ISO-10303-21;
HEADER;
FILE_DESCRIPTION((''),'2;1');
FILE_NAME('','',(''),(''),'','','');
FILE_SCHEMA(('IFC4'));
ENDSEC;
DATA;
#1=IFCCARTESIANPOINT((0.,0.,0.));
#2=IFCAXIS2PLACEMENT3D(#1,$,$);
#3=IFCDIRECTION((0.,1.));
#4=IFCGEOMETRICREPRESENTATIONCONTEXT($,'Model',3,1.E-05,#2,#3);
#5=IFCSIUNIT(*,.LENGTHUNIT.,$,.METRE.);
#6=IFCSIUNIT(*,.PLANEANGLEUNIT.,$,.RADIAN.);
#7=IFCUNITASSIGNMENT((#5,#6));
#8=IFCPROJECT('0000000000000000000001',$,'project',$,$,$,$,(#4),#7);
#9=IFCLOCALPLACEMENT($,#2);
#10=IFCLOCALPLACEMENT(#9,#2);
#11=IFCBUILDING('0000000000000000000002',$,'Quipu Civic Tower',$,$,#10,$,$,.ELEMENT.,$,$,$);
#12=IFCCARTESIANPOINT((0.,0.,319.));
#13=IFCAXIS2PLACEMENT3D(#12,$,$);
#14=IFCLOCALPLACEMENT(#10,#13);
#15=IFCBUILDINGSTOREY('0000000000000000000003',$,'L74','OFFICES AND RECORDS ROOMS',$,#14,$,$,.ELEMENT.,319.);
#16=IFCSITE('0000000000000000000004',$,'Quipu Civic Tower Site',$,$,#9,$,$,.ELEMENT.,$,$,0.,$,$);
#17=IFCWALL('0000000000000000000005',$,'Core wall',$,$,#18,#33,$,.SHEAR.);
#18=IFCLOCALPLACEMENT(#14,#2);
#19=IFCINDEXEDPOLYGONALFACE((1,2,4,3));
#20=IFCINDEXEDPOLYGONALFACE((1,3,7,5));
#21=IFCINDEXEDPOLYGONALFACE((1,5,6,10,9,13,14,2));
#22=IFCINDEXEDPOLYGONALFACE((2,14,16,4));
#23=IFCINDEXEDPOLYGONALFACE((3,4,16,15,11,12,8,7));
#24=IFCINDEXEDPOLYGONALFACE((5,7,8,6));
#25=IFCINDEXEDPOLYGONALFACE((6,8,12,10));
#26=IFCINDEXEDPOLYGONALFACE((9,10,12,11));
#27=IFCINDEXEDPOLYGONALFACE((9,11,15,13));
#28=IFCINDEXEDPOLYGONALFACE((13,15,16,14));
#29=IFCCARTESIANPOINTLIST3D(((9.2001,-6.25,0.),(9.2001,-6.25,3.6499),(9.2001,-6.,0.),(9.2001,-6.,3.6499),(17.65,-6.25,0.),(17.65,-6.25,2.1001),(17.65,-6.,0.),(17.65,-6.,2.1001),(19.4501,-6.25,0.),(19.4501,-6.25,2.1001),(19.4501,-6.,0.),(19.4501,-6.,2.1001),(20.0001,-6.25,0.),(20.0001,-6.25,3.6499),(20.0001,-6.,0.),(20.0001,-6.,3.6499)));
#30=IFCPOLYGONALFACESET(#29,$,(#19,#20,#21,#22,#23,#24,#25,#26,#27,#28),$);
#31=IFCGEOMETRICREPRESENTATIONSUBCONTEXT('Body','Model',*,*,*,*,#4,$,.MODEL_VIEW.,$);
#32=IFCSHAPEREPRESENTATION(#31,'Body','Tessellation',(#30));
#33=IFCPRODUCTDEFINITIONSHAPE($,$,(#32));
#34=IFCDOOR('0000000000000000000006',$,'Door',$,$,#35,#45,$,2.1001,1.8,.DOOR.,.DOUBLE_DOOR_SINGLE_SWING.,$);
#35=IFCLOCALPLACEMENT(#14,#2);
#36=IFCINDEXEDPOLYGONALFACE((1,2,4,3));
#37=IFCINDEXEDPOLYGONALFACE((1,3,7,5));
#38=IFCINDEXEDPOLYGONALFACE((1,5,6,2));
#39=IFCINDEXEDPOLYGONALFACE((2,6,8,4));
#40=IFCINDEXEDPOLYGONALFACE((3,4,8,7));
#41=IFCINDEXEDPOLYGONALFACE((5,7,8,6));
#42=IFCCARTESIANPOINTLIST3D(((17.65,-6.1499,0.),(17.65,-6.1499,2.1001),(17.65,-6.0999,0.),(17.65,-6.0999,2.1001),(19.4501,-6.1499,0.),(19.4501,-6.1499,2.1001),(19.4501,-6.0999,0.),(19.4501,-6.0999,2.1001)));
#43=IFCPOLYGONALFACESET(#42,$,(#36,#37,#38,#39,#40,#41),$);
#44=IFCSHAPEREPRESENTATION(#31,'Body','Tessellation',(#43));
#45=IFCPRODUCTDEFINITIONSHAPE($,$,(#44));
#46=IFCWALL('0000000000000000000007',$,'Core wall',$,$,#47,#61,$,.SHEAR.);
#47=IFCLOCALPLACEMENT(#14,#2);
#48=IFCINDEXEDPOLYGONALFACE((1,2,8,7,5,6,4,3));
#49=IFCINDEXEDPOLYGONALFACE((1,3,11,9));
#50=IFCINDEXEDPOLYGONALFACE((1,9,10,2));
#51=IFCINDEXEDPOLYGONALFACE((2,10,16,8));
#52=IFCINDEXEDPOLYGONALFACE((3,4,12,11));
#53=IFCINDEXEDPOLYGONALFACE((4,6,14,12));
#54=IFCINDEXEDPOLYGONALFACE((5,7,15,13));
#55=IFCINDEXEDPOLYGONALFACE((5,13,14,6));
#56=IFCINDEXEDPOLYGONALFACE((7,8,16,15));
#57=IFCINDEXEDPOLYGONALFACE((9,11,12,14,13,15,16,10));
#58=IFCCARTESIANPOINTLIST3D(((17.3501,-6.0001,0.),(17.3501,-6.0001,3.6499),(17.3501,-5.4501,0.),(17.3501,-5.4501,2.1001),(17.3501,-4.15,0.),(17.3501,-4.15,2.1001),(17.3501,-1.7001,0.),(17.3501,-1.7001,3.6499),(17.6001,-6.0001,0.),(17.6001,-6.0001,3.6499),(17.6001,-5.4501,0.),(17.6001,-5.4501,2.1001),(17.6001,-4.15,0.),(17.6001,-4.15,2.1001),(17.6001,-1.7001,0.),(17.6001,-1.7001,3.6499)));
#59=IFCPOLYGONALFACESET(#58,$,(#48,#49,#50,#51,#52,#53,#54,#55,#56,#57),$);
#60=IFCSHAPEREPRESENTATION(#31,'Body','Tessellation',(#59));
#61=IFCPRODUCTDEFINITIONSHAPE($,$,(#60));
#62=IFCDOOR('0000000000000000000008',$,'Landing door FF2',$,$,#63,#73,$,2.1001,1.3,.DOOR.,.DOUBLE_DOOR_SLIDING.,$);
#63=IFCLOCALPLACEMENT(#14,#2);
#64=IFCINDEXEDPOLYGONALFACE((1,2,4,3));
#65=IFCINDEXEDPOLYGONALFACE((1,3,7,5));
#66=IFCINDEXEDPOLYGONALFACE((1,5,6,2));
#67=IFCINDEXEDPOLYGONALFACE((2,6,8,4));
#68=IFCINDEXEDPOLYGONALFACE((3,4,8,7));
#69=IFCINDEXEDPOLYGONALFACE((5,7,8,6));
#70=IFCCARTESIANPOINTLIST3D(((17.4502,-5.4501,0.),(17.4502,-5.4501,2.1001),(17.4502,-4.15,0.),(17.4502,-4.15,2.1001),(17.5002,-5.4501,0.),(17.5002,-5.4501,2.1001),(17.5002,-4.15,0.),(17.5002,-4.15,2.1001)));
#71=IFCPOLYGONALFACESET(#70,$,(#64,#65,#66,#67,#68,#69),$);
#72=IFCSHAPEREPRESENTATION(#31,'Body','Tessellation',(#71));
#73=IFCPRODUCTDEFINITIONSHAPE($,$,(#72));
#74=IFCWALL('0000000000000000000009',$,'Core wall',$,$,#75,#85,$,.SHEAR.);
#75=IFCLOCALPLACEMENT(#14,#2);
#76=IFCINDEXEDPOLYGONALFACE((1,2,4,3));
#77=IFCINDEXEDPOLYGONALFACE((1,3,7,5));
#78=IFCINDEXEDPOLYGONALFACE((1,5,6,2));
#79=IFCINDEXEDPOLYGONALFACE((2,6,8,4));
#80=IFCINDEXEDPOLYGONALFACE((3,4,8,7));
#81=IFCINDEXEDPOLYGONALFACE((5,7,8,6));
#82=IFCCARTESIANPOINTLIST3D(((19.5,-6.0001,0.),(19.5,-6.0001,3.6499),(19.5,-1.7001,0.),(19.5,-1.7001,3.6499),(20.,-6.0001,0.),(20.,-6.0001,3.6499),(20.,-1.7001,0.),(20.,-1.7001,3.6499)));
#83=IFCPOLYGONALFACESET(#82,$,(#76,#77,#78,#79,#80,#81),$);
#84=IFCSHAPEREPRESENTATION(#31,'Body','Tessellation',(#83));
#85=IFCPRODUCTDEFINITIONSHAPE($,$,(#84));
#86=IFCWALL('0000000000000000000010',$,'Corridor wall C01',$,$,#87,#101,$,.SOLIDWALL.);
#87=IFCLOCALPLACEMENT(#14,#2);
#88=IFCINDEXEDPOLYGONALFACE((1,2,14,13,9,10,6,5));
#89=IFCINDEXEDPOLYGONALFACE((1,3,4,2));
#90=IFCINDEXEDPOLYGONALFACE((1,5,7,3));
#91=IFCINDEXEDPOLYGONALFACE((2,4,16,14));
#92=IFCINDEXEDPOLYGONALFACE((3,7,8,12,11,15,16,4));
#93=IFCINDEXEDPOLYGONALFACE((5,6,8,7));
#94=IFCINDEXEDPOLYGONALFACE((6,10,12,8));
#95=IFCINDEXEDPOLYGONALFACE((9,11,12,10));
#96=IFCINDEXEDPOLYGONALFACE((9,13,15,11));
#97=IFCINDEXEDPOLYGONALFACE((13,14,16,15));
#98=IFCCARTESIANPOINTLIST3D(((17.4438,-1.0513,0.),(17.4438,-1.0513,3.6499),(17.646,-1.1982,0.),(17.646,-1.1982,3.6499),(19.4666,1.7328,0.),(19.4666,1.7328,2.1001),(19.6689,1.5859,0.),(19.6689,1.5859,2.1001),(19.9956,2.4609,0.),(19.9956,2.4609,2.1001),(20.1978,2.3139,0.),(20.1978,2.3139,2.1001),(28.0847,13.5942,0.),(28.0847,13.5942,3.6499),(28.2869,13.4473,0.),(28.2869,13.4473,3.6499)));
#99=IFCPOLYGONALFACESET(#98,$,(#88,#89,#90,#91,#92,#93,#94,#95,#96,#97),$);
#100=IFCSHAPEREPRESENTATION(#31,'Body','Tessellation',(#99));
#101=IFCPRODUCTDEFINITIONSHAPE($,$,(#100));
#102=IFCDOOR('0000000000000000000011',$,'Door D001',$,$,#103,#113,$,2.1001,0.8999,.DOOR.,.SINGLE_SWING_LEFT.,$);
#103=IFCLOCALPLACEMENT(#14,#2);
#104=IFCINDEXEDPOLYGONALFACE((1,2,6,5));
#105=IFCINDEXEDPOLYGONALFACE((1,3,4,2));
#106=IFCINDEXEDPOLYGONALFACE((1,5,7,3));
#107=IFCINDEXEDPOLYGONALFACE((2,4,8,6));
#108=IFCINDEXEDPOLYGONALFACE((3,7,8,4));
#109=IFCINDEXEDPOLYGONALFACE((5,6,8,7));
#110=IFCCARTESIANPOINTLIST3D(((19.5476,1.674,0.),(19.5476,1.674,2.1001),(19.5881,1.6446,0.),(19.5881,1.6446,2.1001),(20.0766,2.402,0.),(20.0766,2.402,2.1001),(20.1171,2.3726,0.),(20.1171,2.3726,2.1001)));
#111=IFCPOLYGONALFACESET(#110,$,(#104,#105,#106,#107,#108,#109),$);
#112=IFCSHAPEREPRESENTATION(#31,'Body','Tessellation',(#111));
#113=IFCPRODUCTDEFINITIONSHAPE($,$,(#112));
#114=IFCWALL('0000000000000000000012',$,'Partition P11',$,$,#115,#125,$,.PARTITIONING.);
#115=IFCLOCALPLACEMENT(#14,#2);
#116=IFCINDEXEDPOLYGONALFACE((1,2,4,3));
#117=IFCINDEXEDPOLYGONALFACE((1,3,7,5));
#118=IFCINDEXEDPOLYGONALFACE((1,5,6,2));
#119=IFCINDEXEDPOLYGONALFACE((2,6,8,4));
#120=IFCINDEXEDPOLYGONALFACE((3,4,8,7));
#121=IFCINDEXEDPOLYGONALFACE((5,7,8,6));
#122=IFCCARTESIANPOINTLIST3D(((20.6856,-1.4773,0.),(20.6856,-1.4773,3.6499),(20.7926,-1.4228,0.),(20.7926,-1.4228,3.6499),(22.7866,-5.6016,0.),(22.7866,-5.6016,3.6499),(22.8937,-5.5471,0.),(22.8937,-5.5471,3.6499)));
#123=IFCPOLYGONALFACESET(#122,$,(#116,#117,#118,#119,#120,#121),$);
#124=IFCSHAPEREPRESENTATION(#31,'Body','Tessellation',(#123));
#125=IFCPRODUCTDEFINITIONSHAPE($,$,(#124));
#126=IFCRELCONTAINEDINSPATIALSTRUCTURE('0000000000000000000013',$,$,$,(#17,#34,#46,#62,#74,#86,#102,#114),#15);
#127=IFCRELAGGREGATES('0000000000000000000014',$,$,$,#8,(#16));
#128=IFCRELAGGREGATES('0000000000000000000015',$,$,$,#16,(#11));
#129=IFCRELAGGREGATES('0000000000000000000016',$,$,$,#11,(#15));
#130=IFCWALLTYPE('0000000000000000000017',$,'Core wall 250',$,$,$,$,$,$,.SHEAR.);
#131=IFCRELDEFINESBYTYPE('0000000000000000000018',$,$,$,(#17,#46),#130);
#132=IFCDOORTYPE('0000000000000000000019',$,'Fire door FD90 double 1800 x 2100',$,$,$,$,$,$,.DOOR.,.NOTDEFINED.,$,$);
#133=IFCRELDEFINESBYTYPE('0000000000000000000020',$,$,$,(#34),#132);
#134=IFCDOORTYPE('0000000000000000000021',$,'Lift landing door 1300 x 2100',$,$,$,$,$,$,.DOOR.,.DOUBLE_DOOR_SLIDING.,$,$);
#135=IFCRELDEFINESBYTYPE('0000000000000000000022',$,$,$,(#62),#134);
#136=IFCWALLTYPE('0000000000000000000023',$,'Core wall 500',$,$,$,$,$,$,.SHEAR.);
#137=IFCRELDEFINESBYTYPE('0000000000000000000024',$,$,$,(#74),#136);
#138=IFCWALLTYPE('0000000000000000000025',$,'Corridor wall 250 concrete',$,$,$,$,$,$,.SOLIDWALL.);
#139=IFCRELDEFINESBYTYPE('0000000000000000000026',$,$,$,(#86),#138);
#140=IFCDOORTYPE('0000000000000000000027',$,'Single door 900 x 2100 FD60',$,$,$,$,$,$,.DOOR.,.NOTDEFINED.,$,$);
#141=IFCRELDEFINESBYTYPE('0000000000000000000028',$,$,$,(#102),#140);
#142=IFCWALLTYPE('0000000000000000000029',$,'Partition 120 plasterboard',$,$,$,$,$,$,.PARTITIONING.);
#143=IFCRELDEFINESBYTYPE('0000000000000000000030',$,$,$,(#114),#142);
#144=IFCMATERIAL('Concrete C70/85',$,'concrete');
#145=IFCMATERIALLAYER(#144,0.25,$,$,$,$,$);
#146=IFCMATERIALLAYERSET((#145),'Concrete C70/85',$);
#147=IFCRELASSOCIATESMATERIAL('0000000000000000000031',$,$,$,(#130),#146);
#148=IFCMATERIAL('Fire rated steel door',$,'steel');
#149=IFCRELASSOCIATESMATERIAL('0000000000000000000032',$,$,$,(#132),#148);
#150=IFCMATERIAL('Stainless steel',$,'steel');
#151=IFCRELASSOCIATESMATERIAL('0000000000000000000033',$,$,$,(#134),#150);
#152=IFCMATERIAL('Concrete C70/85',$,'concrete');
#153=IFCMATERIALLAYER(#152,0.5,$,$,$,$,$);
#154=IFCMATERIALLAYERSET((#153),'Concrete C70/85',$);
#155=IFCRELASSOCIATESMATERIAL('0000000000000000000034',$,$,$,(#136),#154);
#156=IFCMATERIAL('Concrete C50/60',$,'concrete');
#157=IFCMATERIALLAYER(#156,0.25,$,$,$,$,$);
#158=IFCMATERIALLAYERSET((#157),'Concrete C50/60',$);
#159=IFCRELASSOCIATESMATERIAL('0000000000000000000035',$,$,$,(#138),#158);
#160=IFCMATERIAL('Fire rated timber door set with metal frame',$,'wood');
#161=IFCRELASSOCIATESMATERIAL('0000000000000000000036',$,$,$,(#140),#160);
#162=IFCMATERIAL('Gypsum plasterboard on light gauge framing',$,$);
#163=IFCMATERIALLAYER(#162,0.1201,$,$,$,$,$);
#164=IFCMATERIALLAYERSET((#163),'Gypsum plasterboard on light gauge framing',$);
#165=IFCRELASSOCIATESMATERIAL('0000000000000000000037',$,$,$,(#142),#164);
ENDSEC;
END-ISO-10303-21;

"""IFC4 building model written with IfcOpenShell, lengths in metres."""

from ifc_helpers import new_model, si_unit, direction, frame, frame_2d, origin, place, context, subcontext, project, spatial, rectangle, extrude, material, layer, layer_set, type_object, element, fill, save


model = new_model("IFC4")

# Units and contexts
model_context = context("Model", 3, precision=1e-05, world=origin(), true_north=direction((0.0, 1.0)))
body_context = subcontext(model_context, "Body", "Model", "MODEL_VIEW")
ifc_project = project(units=[si_unit("LENGTHUNIT", "METRE"), si_unit("PLANEANGLEUNIT", "RADIAN")], contexts=[model_context])

# Site, building, storey
site_placement = place(None, origin())
site = spatial("IfcSite", under=ifc_project, at=site_placement, Name="Quipu Civic Tower Site", CompositionType="ELEMENT", RefElevation=0.0)
building_placement = place(site_placement, origin())
building = spatial("IfcBuilding", under=site, at=building_placement, Name="Quipu Civic Tower", CompositionType="ELEMENT")
storey_placement = place(building_placement, frame((0.0, 0.0, 319.0)))
storey = spatial("IfcBuildingStorey", under=building, at=storey_placement, Name="L74", Description="OFFICES AND RECORDS ROOMS", CompositionType="ELEMENT", Elevation=319.0)

# Walls, openings, doors
ifc_material_1 = material(Name="Concrete C70/85", Category="concrete")
ifc_layer_1 = layer(ifc_material_1, 0.25)
ifc_layer_set_1 = layer_set([ifc_layer_1], Name="Concrete C70/85")
wall_type_1 = type_object("IfcWallType", Name="Core wall 250", PredefinedType="SHEAR", material=ifc_layer_set_1)
wall_1_placement = place(storey_placement, frame((20.0, -6.125, 0.0), z_axis=(0.0, 0.0, 1.0), x_axis=(-1.0, 0.0, 0.0)))
wall_1 = element("IfcWall", 1, at=wall_1_placement, inside=storey, type_object=wall_type_1, Name="Core wall", PredefinedType="SHEAR", context=body_context, shape_type="SweptSolid", body=[
    extrude(rectangle(XDim=10.8, YDim=0.25, at=frame_2d((5.3999, 0.0))), origin(), (0.0, 0.0, 1.0), 3.6499),
])
opening_1_placement = place(wall_1_placement, frame((0.55, 0.0, 0.0)))
opening_1 = element("IfcOpeningElement", 2, at=opening_1_placement, cuts=wall_1, PredefinedType="OPENING", context=body_context, shape_type="SweptSolid", body=[
    extrude(rectangle(XDim=1.8, YDim=2.1001, at=frame_2d((0.8999, 1.05))), frame((0.0, 0.135, 0.0), z_axis=(0.0, -1.0, 0.0), x_axis=(1.0, 0.0, 0.0)), (0.0, 0.0, 1.0), 0.27),
])
ifc_material_2 = material(Name="Fire rated steel door", Category="steel")
door_type_1 = type_object("IfcDoorType", Name="Fire door FD90 double 1800 x 2100", OperationType="NOTDEFINED", PredefinedType="DOOR", material=ifc_material_2)
door_1_placement = place(opening_1_placement, origin())
door_1 = element("IfcDoor", 3, at=door_1_placement, inside=storey, type_object=door_type_1, Name="Door", OperationType="DOUBLE_DOOR_SINGLE_SWING", OverallHeight=2.1001, OverallWidth=1.8, PredefinedType="DOOR", context=body_context, shape_type="SweptSolid", body=[
    extrude(rectangle(XDim=1.8, YDim=2.1001, at=frame_2d((0.8999, 1.05))), frame((0.0, 0.0249, 0.0), z_axis=(0.0, -1.0, 0.0), x_axis=(1.0, 0.0, 0.0)), (0.0, 0.0, 1.0), 0.05),
])
fill(opening_1, door_1)
wall_2_placement = place(storey_placement, frame((17.4751, -6.0, 0.0), z_axis=(0.0, 0.0, 1.0), x_axis=(0.0, 1.0, 0.0)))
wall_2 = element("IfcWall", 4, at=wall_2_placement, inside=storey, type_object=wall_type_1, Name="Core wall", PredefinedType="SHEAR", context=body_context, shape_type="SweptSolid", body=[
    extrude(rectangle(XDim=4.3, YDim=0.25, at=frame_2d((2.1499, 0.0))), origin(), (0.0, 0.0, 1.0), 3.6499),
])
opening_2_placement = place(wall_2_placement, frame((0.55, 0.0, 0.0)))
opening_2 = element("IfcOpeningElement", 5, at=opening_2_placement, cuts=wall_2, PredefinedType="OPENING", context=body_context, shape_type="SweptSolid", body=[
    extrude(rectangle(XDim=1.3, YDim=2.1001, at=frame_2d((0.6499, 1.05))), frame((0.0, 0.135, 0.0), z_axis=(0.0, -1.0, 0.0), x_axis=(1.0, 0.0, 0.0)), (0.0, 0.0, 1.0), 0.27),
])
ifc_material_3 = material(Name="Stainless steel", Category="steel")
door_type_2 = type_object("IfcDoorType", Name="Lift landing door 1300 x 2100", OperationType="DOUBLE_DOOR_SLIDING", PredefinedType="DOOR", material=ifc_material_3)
door_2_placement = place(opening_2_placement, origin())
door_2 = element("IfcDoor", 6, at=door_2_placement, inside=storey, type_object=door_type_2, Name="Landing door FF2", OperationType="DOUBLE_DOOR_SLIDING", OverallHeight=2.1001, OverallWidth=1.3, PredefinedType="DOOR", context=body_context, shape_type="SweptSolid", body=[
    extrude(rectangle(XDim=1.3, YDim=2.1001, at=frame_2d((0.6499, 1.05))), frame((0.0, 0.0249, 0.0), z_axis=(0.0, -1.0, 0.0), x_axis=(1.0, 0.0, 0.0)), (0.0, 0.0, 1.0), 0.05),
])
fill(opening_2, door_2)

# Wall
ifc_material_4 = material(Name="Concrete C70/85", Category="concrete")
ifc_layer_2 = layer(ifc_material_4, 0.5)
ifc_layer_set_2 = layer_set([ifc_layer_2], Name="Concrete C70/85")
wall_type_2 = type_object("IfcWallType", Name="Core wall 500", PredefinedType="SHEAR", material=ifc_layer_set_2)
wall_3_placement = place(storey_placement, frame((19.75, -6.0, 0.0), z_axis=(0.0, 0.0, 1.0), x_axis=(0.0, 1.0, 0.0)))
element("IfcWall", 7, at=wall_3_placement, inside=storey, type_object=wall_type_2, Name="Core wall", PredefinedType="SHEAR", context=body_context, shape_type="SweptSolid", body=[
    extrude(rectangle(XDim=4.3, YDim=0.5, at=frame_2d((2.1499, 0.0))), origin(), (0.0, 0.0, 1.0), 3.6499),
])

# Wall, opening, door
ifc_material_5 = material(Name="Concrete C50/60", Category="concrete")
ifc_layer_3 = layer(ifc_material_5, 0.25)
ifc_layer_set_3 = layer_set([ifc_layer_3], Name="Concrete C50/60")
wall_type_3 = type_object("IfcWallType", Name="Corridor wall 250 concrete", PredefinedType="SOLIDWALL", material=ifc_layer_set_3)
wall_4_placement = place(storey_placement, frame((17.5449, -1.1248, 0.0), z_axis=(0.0, 0.0, 1.0), x_axis=(0.587796, 0.80901, 0.0)))
wall_4 = element("IfcWall", 8, at=wall_4_placement, inside=storey, type_object=wall_type_3, Name="Corridor wall C01", PredefinedType="SOLIDWALL", context=body_context, shape_type="SweptSolid", body=[
    extrude(rectangle(XDim=18.103, YDim=0.25, at=frame_2d((9.0515, 0.0))), origin(), (0.0, 0.0, 1.0), 3.6499),
])
opening_3_placement = place(wall_4_placement, frame((3.4414, 0.0, 0.0)))
opening_3 = element("IfcOpeningElement", 9, at=opening_3_placement, cuts=wall_4, PredefinedType="OPENING", context=body_context, shape_type="SweptSolid", body=[
    extrude(rectangle(XDim=0.8999, YDim=2.1001, at=frame_2d((0.45, 1.05))), frame((0.0, 0.135, 0.0), z_axis=(0.0, -1.0, 0.0), x_axis=(1.0, 0.0, 0.0)), (0.0, 0.0, 1.0), 0.27),
])
ifc_material_6 = material(Name="Fire rated timber door set with metal frame", Category="wood")
door_type_3 = type_object("IfcDoorType", Name="Single door 900 x 2100 FD60", OperationType="NOTDEFINED", PredefinedType="DOOR", material=ifc_material_6)
door_3_placement = place(opening_3_placement, origin())
door_3 = element("IfcDoor", 10, at=door_3_placement, inside=storey, type_object=door_type_3, Name="Door D001", OperationType="SINGLE_SWING_LEFT", OverallHeight=2.1001, OverallWidth=0.8999, PredefinedType="DOOR", context=body_context, shape_type="SweptSolid", body=[
    extrude(rectangle(XDim=0.8999, YDim=2.1001, at=frame_2d((0.45, 1.05))), frame((0.0, 0.0249, 0.0), z_axis=(0.0, -1.0, 0.0), x_axis=(1.0, 0.0, 0.0)), (0.0, 0.0, 1.0), 0.05),
])
fill(opening_3, door_3)

# Wall
ifc_material_7 = material(Name="Gypsum plasterboard on light gauge framing")
ifc_layer_4 = layer(ifc_material_7, 0.1201)
ifc_layer_set_4 = layer_set([ifc_layer_4], Name="Gypsum plasterboard on light gauge framing")
wall_type_4 = type_object("IfcWallType", Name="Partition 120 plasterboard", PredefinedType="PARTITIONING", material=ifc_layer_set_4)
wall_5_placement = place(storey_placement, frame((20.739, -1.45, 0.0), z_axis=(0.0, 0.0, 1.0), x_axis=(0.453931, -0.891037, 0.0)))
element("IfcWall", 11, at=wall_5_placement, inside=storey, type_object=wall_type_4, Name="Partition P11", PredefinedType="PARTITIONING", context=body_context, shape_type="SweptSolid", body=[
    extrude(rectangle(XDim=4.6287, YDim=0.1201, at=frame_2d((2.3145, 0.0))), origin(), (0.0, 0.0, 1.0), 3.6499),
])

save(model, "model.ifc")
